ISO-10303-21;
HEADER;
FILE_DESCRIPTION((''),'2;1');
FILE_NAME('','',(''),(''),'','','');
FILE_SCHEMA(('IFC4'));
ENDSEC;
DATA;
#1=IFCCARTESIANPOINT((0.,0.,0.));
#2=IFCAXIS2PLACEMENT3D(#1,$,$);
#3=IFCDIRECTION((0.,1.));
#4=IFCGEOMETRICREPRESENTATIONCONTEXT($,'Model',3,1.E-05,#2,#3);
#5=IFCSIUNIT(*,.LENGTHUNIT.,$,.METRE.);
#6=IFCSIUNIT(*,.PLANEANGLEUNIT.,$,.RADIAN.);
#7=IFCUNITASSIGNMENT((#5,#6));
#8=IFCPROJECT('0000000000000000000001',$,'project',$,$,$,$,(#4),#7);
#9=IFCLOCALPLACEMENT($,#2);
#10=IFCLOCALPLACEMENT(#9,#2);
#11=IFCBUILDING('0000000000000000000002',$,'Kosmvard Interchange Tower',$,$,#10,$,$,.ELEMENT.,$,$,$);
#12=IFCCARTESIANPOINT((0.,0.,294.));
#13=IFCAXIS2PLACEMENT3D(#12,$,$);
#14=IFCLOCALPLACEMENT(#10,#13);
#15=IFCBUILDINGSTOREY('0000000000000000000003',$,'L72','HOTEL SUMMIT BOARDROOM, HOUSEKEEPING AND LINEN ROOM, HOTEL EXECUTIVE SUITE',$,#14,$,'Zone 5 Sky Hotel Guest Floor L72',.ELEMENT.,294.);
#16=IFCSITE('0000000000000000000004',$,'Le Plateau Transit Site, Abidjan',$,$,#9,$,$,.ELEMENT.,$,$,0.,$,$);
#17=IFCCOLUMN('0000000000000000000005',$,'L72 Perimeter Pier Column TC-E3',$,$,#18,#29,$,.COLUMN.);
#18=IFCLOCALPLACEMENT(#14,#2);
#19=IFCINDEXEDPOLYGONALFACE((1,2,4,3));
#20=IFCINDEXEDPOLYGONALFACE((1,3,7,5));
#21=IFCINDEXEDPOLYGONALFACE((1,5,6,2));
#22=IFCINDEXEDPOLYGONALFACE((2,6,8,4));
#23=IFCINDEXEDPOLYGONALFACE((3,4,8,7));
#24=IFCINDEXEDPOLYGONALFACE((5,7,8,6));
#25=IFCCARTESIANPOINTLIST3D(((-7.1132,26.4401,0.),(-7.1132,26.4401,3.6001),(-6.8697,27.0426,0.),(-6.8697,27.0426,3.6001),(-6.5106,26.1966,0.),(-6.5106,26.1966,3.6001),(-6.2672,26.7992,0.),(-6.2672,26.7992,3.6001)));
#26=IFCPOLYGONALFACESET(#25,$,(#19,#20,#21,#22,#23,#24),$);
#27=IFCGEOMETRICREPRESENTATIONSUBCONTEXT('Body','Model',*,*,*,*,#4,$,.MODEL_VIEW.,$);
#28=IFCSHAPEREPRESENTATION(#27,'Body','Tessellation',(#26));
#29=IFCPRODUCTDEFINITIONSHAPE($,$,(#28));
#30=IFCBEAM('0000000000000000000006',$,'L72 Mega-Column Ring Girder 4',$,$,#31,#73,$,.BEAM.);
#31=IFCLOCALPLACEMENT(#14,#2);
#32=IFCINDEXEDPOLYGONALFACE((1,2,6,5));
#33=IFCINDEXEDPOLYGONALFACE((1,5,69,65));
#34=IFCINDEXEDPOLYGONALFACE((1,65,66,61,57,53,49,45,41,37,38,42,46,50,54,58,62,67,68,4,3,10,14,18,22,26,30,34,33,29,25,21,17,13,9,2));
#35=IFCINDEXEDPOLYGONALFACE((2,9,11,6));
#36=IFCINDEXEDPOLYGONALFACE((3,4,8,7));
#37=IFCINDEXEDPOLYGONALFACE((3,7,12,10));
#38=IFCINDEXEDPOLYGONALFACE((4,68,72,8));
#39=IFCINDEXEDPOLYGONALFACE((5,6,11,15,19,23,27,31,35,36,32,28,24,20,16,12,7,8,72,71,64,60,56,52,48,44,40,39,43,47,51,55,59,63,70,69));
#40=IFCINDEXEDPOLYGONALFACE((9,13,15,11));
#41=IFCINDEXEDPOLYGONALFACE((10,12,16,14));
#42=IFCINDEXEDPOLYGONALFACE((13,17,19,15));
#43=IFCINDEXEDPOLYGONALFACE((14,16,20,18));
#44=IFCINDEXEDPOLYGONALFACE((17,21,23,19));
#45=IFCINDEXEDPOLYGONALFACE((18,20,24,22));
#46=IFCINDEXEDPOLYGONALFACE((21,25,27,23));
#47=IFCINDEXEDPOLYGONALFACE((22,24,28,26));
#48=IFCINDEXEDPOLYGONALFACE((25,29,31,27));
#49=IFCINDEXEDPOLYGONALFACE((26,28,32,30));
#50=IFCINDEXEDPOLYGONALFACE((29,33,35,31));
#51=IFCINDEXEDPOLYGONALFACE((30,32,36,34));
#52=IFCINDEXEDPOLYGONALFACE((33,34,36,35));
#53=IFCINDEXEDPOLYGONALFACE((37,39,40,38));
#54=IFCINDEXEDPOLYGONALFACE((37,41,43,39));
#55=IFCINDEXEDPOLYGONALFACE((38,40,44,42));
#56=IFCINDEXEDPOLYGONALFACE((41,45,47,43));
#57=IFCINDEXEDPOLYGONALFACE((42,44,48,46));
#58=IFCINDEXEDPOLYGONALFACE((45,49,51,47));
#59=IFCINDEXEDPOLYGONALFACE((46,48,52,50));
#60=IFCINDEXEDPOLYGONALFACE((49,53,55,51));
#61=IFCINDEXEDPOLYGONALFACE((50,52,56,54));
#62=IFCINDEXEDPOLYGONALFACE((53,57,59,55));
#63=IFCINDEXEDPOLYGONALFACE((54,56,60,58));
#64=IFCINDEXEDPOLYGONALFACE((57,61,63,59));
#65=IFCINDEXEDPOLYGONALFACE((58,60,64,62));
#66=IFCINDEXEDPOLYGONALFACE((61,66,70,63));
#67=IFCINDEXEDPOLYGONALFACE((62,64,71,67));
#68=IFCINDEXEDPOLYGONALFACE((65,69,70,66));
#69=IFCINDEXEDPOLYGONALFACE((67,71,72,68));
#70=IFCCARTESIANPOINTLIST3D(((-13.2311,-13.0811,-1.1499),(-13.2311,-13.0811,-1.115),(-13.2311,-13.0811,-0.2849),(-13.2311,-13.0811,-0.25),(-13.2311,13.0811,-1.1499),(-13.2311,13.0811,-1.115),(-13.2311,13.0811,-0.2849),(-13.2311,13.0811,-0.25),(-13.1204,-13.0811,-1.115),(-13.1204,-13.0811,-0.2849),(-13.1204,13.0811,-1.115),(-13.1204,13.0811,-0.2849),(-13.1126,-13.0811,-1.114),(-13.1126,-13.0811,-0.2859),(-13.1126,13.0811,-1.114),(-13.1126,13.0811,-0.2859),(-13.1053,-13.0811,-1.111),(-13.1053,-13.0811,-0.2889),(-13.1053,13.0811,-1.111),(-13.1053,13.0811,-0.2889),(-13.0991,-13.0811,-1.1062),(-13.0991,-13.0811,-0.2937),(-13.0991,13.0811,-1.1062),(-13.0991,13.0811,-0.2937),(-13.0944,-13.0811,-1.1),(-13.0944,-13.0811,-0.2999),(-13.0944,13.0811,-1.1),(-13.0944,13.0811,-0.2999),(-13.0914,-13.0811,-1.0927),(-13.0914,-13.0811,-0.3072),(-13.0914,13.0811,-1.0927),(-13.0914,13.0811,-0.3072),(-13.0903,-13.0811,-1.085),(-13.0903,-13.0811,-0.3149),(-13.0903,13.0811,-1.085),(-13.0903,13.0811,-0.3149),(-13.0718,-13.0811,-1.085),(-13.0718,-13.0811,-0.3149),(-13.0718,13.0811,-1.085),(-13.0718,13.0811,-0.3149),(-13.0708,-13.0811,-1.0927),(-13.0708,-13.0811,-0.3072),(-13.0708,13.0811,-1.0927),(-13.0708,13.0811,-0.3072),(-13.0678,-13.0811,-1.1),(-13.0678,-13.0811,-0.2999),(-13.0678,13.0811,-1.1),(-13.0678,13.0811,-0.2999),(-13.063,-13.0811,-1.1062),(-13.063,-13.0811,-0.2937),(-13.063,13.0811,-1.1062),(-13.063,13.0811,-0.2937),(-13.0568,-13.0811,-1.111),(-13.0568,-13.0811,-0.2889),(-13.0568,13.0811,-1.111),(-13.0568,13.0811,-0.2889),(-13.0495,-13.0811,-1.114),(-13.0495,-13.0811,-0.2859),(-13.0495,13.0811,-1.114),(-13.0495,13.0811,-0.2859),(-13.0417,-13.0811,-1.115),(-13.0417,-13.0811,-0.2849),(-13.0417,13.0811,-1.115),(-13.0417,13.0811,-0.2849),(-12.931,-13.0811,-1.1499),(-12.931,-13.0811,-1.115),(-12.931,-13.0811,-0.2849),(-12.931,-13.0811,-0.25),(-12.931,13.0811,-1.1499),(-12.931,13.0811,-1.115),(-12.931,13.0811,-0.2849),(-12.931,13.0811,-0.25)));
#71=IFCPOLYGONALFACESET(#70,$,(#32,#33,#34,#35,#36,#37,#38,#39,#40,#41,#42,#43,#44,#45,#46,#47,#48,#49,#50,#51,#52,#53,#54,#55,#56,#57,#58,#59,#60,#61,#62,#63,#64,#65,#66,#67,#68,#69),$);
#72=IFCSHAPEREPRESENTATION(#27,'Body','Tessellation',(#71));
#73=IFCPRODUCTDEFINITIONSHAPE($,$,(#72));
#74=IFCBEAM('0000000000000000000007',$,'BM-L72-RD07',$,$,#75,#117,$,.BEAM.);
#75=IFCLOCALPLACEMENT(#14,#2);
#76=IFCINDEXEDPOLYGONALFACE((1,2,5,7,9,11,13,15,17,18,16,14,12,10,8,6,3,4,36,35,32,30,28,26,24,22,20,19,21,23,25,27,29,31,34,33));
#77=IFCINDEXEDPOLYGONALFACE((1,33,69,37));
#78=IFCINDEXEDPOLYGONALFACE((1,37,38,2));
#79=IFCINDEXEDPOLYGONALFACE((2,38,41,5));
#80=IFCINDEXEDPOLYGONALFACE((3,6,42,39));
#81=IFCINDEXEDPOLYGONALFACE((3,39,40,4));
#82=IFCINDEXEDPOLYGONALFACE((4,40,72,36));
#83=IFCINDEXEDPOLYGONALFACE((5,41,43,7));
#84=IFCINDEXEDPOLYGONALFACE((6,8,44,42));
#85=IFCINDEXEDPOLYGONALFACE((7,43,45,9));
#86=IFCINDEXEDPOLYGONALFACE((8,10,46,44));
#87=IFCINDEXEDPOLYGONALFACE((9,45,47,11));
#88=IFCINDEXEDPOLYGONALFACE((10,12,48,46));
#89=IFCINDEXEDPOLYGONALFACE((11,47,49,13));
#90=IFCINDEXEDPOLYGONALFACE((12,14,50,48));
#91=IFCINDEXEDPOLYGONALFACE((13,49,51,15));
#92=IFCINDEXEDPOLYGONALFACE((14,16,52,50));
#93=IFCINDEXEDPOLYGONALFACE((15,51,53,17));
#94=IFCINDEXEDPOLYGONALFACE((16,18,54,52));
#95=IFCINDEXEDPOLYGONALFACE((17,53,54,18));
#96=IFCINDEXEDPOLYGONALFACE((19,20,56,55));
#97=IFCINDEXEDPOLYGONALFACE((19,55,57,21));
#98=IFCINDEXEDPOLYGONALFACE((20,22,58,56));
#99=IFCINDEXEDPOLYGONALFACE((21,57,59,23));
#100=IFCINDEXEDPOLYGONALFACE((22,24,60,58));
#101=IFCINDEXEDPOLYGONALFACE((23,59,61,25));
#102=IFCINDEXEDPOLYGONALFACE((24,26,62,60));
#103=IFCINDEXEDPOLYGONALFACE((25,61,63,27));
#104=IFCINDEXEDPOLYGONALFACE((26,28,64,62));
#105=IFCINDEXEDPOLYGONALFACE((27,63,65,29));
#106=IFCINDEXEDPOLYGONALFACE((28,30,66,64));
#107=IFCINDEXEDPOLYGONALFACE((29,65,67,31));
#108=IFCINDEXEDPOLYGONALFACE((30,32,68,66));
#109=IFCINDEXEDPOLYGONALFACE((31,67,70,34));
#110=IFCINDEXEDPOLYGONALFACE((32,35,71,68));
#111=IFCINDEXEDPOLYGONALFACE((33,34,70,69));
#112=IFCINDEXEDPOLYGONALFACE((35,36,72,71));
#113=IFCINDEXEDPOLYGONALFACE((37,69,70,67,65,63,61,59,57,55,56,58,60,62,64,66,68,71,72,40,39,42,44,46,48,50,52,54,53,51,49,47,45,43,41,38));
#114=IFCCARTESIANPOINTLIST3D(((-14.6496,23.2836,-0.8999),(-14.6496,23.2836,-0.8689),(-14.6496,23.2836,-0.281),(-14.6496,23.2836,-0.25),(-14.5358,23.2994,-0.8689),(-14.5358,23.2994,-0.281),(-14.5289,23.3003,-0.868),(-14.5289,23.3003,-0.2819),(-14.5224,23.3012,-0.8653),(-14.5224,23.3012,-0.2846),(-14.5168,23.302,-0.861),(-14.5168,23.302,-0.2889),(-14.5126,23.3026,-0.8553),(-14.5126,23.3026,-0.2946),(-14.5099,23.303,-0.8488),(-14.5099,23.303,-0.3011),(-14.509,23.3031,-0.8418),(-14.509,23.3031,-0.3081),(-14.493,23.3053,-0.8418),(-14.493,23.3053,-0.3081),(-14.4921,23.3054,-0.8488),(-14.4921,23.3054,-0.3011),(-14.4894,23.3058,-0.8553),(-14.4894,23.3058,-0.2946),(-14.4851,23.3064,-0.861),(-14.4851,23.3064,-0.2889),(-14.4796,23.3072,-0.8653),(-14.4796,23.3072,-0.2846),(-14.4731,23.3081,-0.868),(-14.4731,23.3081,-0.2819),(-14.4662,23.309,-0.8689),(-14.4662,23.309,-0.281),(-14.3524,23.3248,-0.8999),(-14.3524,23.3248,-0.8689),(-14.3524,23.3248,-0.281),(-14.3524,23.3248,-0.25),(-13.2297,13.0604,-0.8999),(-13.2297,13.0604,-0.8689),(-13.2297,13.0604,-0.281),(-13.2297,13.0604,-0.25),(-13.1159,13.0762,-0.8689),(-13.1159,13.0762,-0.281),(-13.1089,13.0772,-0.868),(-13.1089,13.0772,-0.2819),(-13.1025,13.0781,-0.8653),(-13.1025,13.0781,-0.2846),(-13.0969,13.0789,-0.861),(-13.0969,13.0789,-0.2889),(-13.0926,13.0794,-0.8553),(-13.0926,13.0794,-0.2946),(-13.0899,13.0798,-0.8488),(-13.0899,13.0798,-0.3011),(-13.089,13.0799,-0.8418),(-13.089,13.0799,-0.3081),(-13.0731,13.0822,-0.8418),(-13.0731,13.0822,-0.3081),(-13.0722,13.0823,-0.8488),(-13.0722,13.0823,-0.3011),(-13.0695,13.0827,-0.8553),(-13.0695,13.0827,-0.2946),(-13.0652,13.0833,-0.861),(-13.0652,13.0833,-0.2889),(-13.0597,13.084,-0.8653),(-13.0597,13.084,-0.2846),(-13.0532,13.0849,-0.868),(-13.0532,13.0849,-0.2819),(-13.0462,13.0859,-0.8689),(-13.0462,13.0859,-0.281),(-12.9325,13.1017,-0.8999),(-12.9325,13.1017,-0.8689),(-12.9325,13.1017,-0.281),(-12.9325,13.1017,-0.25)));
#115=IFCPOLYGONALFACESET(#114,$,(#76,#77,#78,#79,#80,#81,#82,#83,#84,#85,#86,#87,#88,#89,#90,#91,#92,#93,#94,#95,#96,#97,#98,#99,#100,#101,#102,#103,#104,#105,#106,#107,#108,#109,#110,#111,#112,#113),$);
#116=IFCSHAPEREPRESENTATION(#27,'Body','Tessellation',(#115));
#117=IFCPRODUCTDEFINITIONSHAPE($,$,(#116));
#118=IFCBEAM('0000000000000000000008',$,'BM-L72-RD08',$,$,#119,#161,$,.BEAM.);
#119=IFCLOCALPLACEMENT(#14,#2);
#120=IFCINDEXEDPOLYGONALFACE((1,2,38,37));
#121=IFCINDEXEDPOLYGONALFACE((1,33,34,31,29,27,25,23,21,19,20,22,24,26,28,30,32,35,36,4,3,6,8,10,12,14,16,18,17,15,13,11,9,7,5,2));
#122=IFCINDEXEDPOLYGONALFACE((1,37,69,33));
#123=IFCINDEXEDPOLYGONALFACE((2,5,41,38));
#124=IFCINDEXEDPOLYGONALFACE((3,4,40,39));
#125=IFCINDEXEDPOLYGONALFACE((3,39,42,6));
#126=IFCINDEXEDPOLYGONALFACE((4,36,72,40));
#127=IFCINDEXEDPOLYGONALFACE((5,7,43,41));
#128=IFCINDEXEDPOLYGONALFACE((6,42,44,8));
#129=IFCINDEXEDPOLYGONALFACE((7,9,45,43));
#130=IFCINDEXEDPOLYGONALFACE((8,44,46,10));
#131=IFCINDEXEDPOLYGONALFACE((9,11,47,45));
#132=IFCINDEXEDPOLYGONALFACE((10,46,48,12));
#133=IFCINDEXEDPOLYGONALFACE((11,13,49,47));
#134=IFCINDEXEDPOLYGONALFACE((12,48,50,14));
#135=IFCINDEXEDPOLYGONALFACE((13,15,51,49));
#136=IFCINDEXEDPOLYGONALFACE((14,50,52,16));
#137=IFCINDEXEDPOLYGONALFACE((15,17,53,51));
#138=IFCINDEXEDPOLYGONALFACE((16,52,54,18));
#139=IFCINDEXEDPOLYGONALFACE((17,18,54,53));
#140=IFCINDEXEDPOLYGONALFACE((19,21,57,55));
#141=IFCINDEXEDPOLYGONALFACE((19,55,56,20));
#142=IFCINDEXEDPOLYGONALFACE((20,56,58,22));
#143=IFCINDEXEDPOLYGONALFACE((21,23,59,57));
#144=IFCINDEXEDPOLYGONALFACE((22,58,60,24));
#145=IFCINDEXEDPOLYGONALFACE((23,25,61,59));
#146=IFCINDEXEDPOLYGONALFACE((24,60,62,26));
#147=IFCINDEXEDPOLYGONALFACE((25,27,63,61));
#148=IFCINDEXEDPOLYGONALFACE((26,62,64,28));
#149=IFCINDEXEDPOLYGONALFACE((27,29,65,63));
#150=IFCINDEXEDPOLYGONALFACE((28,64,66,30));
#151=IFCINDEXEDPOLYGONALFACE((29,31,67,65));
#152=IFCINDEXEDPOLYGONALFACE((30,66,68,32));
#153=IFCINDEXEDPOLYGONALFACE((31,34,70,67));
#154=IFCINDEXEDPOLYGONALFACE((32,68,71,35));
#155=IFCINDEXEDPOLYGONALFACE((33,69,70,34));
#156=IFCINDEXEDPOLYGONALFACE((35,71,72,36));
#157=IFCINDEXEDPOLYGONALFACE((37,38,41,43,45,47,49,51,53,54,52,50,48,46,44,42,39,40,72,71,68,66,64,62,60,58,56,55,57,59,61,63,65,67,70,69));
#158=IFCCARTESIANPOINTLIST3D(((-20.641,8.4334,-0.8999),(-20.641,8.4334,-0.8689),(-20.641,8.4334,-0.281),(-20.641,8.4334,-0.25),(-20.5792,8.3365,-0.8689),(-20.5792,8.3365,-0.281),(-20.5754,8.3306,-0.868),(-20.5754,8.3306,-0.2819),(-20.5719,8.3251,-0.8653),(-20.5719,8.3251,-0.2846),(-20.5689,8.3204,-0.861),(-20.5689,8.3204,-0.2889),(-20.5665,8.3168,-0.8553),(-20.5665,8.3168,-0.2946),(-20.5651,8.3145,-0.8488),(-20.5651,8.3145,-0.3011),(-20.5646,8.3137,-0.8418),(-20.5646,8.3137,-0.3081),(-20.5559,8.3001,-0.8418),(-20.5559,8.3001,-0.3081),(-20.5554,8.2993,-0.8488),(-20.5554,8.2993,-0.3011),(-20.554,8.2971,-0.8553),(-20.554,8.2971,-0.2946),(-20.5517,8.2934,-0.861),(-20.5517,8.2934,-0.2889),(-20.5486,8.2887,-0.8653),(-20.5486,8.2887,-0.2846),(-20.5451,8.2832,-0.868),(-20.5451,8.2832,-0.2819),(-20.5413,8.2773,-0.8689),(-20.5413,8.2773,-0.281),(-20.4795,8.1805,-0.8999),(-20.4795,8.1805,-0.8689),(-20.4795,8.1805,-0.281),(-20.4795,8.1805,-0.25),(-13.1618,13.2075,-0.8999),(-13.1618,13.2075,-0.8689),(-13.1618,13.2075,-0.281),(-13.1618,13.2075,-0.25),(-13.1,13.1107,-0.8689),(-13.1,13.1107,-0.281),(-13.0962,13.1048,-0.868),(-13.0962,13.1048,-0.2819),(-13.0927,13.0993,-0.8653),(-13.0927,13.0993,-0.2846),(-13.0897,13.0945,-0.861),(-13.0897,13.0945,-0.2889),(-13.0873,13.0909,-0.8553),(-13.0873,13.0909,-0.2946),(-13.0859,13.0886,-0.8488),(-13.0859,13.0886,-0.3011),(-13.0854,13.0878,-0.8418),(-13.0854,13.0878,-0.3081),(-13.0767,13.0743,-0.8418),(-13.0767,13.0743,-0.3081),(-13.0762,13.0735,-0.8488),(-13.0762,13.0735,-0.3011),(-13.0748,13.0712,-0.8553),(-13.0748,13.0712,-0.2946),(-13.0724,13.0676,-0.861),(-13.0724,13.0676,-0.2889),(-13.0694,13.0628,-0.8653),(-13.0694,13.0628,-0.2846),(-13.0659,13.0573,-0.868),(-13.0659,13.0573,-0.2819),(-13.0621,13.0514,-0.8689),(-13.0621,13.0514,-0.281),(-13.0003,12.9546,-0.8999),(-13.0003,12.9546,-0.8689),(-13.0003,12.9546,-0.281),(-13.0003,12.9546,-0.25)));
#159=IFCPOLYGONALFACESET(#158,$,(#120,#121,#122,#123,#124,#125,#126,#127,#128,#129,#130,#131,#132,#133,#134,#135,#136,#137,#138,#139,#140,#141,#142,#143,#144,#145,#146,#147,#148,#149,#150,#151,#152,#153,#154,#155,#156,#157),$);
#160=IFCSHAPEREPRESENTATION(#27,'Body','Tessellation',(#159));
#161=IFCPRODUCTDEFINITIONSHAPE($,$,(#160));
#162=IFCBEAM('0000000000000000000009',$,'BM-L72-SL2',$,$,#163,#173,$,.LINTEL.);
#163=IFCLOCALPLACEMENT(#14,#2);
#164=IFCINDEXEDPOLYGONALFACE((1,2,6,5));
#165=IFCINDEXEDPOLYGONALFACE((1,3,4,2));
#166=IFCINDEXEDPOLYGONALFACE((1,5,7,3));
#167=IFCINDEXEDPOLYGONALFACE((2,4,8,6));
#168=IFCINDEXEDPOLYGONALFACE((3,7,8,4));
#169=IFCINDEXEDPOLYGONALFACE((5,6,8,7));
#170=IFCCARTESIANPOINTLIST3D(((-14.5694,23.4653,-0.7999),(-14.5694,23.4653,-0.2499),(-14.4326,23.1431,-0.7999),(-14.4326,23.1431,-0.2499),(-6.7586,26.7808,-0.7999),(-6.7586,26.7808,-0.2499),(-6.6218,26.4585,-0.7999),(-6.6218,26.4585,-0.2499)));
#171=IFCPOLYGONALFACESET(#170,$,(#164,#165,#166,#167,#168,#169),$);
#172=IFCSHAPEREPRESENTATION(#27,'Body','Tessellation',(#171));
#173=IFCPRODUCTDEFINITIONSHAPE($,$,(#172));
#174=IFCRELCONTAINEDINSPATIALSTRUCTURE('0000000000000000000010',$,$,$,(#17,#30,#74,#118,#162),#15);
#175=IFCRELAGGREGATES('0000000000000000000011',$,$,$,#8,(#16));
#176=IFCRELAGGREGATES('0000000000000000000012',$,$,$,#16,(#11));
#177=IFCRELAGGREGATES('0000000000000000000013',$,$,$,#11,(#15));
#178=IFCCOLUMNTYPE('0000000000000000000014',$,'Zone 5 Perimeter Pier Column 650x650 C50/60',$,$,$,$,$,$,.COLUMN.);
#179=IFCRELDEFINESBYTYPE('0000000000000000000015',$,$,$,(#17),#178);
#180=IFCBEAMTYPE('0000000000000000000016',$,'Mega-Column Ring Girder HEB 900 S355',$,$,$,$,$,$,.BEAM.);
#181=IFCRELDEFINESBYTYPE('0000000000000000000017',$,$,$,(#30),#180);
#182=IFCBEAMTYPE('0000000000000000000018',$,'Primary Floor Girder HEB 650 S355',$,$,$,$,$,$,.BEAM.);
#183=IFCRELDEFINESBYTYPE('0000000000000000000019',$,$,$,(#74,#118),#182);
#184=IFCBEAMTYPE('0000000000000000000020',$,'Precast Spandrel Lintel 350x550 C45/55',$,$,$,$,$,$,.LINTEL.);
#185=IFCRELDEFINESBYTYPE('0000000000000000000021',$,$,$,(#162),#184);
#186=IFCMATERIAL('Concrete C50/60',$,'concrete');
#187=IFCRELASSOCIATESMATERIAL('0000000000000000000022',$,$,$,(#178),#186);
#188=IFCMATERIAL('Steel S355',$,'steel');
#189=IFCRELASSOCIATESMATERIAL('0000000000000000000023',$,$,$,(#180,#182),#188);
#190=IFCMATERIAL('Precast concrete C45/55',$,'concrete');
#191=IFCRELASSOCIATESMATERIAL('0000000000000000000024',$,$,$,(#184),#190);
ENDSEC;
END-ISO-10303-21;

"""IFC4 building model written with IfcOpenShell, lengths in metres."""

from ifc_helpers import new_model, si_unit, direction, frame, origin, origin_2d, place, context, subcontext, project, spatial, rectangle, i_section, extrude, source, transform, mapped, material, material_profile, profile_set, type_object, element, save


model = new_model("IFC4")

# Units and contexts
model_context = context("Model", 3, precision=1e-05, world=origin(), true_north=direction((0.0, 1.0)))
body_context = subcontext(model_context, "Body", "Model", "MODEL_VIEW")
ifc_project = project(units=[si_unit("LENGTHUNIT", "METRE"), si_unit("PLANEANGLEUNIT", "RADIAN")], contexts=[model_context])

# Site, building, storey
site_placement = place(None, origin())
site = spatial("IfcSite", under=ifc_project, at=site_placement, Name="Le Plateau Transit Site, Abidjan", CompositionType="ELEMENT", RefElevation=0.0)
building_placement = place(site_placement, origin())
building = spatial("IfcBuilding", under=site, at=building_placement, Name="Kosmvard Interchange Tower", CompositionType="ELEMENT")
storey_placement = place(building_placement, frame((0.0, 0.0, 294.0)))
storey = spatial("IfcBuildingStorey", under=building, at=storey_placement, Name="L72", Description="HOTEL SUMMIT BOARDROOM, HOUSEKEEPING AND LINEN ROOM, HOTEL EXECUTIVE SUITE", LongName="Zone 5 Sky Hotel Guest Floor L72", CompositionType="ELEMENT", Elevation=294.0)

# Column
ifc_material_1 = material(Name="Concrete C50/60", Category="concrete")
ifc_material_profile_1 = material_profile(ifc_material_1, rectangle(XDim=0.6499, YDim=0.6499, at=origin_2d()), Name="TC 650x650")
ifc_profile_set_1 = profile_set([ifc_material_profile_1], Name="Concrete C50/60")
column_type = type_object("IfcColumnType", Name="Zone 5 Perimeter Pier Column 650x650 C50/60", PredefinedType="COLUMN", material=ifc_profile_set_1)
shared_shape_1 = source(origin(), body_context, "Body", "SweptSolid", [
    extrude(rectangle(XDim=0.6499, YDim=0.6499, at=origin_2d()), origin(), (0.0, 0.0, 1.0), 3.6001),
])
column_placement = place(storey_placement, frame((-6.6902, 26.6196, 0.0), z_axis=(0.0, 0.0, 1.0), x_axis=(0.374607, 0.927184, 0.0)))
element("IfcColumn", 1, at=column_placement, inside=storey, type_object=column_type, Name="L72 Perimeter Pier Column TC-E3", PredefinedType="COLUMN", context=body_context, shape_type="MappedRepresentation", body=[
    mapped(shared_shape_1, transform((0.0, 0.0, 0.0), scale=1.0)),
])

# Beams
ifc_material_2 = material(Name="Steel S355", Category="steel")
ifc_material_profile_2 = material_profile(ifc_material_2, i_section(OverallWidth=0.3, OverallDepth=0.8999, WebThickness=0.0186, FlangeThickness=0.0349, FilletRadius=0.03, at=origin_2d()), Name="HEB 900")
ifc_profile_set_2 = profile_set([ifc_material_profile_2], Name="Steel S355")
beam_type_1 = type_object("IfcBeamType", Name="Mega-Column Ring Girder HEB 900 S355", PredefinedType="BEAM", material=ifc_profile_set_2)
shared_shape_2 = source(origin(), body_context, "Body", "SweptSolid", [
    extrude(i_section(OverallWidth=0.3, OverallDepth=0.8999, WebThickness=0.0186, FlangeThickness=0.0349, FilletRadius=0.03, at=origin_2d()), origin(), (0.0, 0.0, 1.0), 26.1621),
])
beam_1_placement = place(storey_placement, frame((-13.0811, 13.0811, -0.7), z_axis=(0.0, -1.0, 0.0), x_axis=(1.0, 0.0, 0.0)))
element("IfcBeam", 2, at=beam_1_placement, inside=storey, type_object=beam_type_1, Name="L72 Mega-Column Ring Girder 4", PredefinedType="BEAM", context=body_context, shape_type="MappedRepresentation", body=[
    mapped(shared_shape_2, transform((0.0, 0.0, 0.0), scale=1.0)),
])
ifc_material_profile_3 = material_profile(ifc_material_2, i_section(OverallWidth=0.3, OverallDepth=0.6499, WebThickness=0.0161, FlangeThickness=0.031, FilletRadius=0.0271, at=origin_2d()), Name="HEB 650")
ifc_profile_set_3 = profile_set([ifc_material_profile_3], Name="Steel S355")
beam_type_2 = type_object("IfcBeamType", Name="Primary Floor Girder HEB 650 S355", PredefinedType="BEAM", material=ifc_profile_set_3)
shared_shape_3 = source(origin(), body_context, "Body", "SweptSolid", [
    extrude(i_section(OverallWidth=0.3, OverallDepth=0.6499, WebThickness=0.0161, FlangeThickness=0.031, FilletRadius=0.0271, at=origin_2d()), origin(), (0.0, 0.0, 1.0), 10.3213),
])
beam_2_placement = place(storey_placement, frame((-13.0811, 13.0811, -0.575), z_axis=(-0.137572, 0.990492, 0.0), x_axis=(-0.990492, -0.137572, 0.0)))
element("IfcBeam", 3, at=beam_2_placement, inside=storey, type_object=beam_type_2, Name="BM-L72-RD07", PredefinedType="BEAM", context=body_context, shape_type="MappedRepresentation", body=[
    mapped(shared_shape_3, transform((0.0, 0.0, 0.0), scale=1.0)),
])
shared_shape_4 = source(origin(), body_context, "Body", "SweptSolid", [
    extrude(i_section(OverallWidth=0.3, OverallDepth=0.6499, WebThickness=0.0161, FlangeThickness=0.031, FilletRadius=0.0271, at=origin_2d()), origin(), (0.0, 0.0, 1.0), 8.873),
])
beam_3_placement = place(storey_placement, frame((-13.0811, 13.0811, -0.575), z_axis=(-0.842913, -0.53805, 0.0), x_axis=(0.53805, -0.842913, 0.0)))
element("IfcBeam", 4, at=beam_3_placement, inside=storey, type_object=beam_type_2, Name="BM-L72-RD08", PredefinedType="BEAM", context=body_context, shape_type="MappedRepresentation", body=[
    mapped(shared_shape_4, transform((0.0, 0.0, 0.0), scale=1.0)),
])
ifc_material_3 = material(Name="Precast concrete C45/55", Category="concrete")
ifc_material_profile_4 = material_profile(ifc_material_3, rectangle(XDim=0.3501, YDim=0.55, at=origin_2d()), Name="SL 350x550")
ifc_profile_set_4 = profile_set([ifc_material_profile_4], Name="Precast concrete C45/55")
beam_type_3 = type_object("IfcBeamType", Name="Precast Spandrel Lintel 350x550 C45/55", PredefinedType="LINTEL", material=ifc_profile_set_4)
shared_shape_5 = source(origin(), body_context, "Body", "SweptSolid", [
    extrude(rectangle(XDim=0.3501, YDim=0.55, at=origin_2d()), origin(), (0.0, 0.0, 1.0), 8.4854),
])
beam_4_placement = place(storey_placement, frame((-6.6902, 26.6196, -0.5249), z_axis=(-0.920507, -0.390726, 0.0), x_axis=(0.390726, -0.920507, 0.0)))
element("IfcBeam", 5, at=beam_4_placement, inside=storey, type_object=beam_type_3, Name="BM-L72-SL2", PredefinedType="LINTEL", context=body_context, shape_type="MappedRepresentation", body=[
    mapped(shared_shape_5, transform((0.0, 0.0, 0.0), scale=1.0)),
])

save(model, "model.ifc")
